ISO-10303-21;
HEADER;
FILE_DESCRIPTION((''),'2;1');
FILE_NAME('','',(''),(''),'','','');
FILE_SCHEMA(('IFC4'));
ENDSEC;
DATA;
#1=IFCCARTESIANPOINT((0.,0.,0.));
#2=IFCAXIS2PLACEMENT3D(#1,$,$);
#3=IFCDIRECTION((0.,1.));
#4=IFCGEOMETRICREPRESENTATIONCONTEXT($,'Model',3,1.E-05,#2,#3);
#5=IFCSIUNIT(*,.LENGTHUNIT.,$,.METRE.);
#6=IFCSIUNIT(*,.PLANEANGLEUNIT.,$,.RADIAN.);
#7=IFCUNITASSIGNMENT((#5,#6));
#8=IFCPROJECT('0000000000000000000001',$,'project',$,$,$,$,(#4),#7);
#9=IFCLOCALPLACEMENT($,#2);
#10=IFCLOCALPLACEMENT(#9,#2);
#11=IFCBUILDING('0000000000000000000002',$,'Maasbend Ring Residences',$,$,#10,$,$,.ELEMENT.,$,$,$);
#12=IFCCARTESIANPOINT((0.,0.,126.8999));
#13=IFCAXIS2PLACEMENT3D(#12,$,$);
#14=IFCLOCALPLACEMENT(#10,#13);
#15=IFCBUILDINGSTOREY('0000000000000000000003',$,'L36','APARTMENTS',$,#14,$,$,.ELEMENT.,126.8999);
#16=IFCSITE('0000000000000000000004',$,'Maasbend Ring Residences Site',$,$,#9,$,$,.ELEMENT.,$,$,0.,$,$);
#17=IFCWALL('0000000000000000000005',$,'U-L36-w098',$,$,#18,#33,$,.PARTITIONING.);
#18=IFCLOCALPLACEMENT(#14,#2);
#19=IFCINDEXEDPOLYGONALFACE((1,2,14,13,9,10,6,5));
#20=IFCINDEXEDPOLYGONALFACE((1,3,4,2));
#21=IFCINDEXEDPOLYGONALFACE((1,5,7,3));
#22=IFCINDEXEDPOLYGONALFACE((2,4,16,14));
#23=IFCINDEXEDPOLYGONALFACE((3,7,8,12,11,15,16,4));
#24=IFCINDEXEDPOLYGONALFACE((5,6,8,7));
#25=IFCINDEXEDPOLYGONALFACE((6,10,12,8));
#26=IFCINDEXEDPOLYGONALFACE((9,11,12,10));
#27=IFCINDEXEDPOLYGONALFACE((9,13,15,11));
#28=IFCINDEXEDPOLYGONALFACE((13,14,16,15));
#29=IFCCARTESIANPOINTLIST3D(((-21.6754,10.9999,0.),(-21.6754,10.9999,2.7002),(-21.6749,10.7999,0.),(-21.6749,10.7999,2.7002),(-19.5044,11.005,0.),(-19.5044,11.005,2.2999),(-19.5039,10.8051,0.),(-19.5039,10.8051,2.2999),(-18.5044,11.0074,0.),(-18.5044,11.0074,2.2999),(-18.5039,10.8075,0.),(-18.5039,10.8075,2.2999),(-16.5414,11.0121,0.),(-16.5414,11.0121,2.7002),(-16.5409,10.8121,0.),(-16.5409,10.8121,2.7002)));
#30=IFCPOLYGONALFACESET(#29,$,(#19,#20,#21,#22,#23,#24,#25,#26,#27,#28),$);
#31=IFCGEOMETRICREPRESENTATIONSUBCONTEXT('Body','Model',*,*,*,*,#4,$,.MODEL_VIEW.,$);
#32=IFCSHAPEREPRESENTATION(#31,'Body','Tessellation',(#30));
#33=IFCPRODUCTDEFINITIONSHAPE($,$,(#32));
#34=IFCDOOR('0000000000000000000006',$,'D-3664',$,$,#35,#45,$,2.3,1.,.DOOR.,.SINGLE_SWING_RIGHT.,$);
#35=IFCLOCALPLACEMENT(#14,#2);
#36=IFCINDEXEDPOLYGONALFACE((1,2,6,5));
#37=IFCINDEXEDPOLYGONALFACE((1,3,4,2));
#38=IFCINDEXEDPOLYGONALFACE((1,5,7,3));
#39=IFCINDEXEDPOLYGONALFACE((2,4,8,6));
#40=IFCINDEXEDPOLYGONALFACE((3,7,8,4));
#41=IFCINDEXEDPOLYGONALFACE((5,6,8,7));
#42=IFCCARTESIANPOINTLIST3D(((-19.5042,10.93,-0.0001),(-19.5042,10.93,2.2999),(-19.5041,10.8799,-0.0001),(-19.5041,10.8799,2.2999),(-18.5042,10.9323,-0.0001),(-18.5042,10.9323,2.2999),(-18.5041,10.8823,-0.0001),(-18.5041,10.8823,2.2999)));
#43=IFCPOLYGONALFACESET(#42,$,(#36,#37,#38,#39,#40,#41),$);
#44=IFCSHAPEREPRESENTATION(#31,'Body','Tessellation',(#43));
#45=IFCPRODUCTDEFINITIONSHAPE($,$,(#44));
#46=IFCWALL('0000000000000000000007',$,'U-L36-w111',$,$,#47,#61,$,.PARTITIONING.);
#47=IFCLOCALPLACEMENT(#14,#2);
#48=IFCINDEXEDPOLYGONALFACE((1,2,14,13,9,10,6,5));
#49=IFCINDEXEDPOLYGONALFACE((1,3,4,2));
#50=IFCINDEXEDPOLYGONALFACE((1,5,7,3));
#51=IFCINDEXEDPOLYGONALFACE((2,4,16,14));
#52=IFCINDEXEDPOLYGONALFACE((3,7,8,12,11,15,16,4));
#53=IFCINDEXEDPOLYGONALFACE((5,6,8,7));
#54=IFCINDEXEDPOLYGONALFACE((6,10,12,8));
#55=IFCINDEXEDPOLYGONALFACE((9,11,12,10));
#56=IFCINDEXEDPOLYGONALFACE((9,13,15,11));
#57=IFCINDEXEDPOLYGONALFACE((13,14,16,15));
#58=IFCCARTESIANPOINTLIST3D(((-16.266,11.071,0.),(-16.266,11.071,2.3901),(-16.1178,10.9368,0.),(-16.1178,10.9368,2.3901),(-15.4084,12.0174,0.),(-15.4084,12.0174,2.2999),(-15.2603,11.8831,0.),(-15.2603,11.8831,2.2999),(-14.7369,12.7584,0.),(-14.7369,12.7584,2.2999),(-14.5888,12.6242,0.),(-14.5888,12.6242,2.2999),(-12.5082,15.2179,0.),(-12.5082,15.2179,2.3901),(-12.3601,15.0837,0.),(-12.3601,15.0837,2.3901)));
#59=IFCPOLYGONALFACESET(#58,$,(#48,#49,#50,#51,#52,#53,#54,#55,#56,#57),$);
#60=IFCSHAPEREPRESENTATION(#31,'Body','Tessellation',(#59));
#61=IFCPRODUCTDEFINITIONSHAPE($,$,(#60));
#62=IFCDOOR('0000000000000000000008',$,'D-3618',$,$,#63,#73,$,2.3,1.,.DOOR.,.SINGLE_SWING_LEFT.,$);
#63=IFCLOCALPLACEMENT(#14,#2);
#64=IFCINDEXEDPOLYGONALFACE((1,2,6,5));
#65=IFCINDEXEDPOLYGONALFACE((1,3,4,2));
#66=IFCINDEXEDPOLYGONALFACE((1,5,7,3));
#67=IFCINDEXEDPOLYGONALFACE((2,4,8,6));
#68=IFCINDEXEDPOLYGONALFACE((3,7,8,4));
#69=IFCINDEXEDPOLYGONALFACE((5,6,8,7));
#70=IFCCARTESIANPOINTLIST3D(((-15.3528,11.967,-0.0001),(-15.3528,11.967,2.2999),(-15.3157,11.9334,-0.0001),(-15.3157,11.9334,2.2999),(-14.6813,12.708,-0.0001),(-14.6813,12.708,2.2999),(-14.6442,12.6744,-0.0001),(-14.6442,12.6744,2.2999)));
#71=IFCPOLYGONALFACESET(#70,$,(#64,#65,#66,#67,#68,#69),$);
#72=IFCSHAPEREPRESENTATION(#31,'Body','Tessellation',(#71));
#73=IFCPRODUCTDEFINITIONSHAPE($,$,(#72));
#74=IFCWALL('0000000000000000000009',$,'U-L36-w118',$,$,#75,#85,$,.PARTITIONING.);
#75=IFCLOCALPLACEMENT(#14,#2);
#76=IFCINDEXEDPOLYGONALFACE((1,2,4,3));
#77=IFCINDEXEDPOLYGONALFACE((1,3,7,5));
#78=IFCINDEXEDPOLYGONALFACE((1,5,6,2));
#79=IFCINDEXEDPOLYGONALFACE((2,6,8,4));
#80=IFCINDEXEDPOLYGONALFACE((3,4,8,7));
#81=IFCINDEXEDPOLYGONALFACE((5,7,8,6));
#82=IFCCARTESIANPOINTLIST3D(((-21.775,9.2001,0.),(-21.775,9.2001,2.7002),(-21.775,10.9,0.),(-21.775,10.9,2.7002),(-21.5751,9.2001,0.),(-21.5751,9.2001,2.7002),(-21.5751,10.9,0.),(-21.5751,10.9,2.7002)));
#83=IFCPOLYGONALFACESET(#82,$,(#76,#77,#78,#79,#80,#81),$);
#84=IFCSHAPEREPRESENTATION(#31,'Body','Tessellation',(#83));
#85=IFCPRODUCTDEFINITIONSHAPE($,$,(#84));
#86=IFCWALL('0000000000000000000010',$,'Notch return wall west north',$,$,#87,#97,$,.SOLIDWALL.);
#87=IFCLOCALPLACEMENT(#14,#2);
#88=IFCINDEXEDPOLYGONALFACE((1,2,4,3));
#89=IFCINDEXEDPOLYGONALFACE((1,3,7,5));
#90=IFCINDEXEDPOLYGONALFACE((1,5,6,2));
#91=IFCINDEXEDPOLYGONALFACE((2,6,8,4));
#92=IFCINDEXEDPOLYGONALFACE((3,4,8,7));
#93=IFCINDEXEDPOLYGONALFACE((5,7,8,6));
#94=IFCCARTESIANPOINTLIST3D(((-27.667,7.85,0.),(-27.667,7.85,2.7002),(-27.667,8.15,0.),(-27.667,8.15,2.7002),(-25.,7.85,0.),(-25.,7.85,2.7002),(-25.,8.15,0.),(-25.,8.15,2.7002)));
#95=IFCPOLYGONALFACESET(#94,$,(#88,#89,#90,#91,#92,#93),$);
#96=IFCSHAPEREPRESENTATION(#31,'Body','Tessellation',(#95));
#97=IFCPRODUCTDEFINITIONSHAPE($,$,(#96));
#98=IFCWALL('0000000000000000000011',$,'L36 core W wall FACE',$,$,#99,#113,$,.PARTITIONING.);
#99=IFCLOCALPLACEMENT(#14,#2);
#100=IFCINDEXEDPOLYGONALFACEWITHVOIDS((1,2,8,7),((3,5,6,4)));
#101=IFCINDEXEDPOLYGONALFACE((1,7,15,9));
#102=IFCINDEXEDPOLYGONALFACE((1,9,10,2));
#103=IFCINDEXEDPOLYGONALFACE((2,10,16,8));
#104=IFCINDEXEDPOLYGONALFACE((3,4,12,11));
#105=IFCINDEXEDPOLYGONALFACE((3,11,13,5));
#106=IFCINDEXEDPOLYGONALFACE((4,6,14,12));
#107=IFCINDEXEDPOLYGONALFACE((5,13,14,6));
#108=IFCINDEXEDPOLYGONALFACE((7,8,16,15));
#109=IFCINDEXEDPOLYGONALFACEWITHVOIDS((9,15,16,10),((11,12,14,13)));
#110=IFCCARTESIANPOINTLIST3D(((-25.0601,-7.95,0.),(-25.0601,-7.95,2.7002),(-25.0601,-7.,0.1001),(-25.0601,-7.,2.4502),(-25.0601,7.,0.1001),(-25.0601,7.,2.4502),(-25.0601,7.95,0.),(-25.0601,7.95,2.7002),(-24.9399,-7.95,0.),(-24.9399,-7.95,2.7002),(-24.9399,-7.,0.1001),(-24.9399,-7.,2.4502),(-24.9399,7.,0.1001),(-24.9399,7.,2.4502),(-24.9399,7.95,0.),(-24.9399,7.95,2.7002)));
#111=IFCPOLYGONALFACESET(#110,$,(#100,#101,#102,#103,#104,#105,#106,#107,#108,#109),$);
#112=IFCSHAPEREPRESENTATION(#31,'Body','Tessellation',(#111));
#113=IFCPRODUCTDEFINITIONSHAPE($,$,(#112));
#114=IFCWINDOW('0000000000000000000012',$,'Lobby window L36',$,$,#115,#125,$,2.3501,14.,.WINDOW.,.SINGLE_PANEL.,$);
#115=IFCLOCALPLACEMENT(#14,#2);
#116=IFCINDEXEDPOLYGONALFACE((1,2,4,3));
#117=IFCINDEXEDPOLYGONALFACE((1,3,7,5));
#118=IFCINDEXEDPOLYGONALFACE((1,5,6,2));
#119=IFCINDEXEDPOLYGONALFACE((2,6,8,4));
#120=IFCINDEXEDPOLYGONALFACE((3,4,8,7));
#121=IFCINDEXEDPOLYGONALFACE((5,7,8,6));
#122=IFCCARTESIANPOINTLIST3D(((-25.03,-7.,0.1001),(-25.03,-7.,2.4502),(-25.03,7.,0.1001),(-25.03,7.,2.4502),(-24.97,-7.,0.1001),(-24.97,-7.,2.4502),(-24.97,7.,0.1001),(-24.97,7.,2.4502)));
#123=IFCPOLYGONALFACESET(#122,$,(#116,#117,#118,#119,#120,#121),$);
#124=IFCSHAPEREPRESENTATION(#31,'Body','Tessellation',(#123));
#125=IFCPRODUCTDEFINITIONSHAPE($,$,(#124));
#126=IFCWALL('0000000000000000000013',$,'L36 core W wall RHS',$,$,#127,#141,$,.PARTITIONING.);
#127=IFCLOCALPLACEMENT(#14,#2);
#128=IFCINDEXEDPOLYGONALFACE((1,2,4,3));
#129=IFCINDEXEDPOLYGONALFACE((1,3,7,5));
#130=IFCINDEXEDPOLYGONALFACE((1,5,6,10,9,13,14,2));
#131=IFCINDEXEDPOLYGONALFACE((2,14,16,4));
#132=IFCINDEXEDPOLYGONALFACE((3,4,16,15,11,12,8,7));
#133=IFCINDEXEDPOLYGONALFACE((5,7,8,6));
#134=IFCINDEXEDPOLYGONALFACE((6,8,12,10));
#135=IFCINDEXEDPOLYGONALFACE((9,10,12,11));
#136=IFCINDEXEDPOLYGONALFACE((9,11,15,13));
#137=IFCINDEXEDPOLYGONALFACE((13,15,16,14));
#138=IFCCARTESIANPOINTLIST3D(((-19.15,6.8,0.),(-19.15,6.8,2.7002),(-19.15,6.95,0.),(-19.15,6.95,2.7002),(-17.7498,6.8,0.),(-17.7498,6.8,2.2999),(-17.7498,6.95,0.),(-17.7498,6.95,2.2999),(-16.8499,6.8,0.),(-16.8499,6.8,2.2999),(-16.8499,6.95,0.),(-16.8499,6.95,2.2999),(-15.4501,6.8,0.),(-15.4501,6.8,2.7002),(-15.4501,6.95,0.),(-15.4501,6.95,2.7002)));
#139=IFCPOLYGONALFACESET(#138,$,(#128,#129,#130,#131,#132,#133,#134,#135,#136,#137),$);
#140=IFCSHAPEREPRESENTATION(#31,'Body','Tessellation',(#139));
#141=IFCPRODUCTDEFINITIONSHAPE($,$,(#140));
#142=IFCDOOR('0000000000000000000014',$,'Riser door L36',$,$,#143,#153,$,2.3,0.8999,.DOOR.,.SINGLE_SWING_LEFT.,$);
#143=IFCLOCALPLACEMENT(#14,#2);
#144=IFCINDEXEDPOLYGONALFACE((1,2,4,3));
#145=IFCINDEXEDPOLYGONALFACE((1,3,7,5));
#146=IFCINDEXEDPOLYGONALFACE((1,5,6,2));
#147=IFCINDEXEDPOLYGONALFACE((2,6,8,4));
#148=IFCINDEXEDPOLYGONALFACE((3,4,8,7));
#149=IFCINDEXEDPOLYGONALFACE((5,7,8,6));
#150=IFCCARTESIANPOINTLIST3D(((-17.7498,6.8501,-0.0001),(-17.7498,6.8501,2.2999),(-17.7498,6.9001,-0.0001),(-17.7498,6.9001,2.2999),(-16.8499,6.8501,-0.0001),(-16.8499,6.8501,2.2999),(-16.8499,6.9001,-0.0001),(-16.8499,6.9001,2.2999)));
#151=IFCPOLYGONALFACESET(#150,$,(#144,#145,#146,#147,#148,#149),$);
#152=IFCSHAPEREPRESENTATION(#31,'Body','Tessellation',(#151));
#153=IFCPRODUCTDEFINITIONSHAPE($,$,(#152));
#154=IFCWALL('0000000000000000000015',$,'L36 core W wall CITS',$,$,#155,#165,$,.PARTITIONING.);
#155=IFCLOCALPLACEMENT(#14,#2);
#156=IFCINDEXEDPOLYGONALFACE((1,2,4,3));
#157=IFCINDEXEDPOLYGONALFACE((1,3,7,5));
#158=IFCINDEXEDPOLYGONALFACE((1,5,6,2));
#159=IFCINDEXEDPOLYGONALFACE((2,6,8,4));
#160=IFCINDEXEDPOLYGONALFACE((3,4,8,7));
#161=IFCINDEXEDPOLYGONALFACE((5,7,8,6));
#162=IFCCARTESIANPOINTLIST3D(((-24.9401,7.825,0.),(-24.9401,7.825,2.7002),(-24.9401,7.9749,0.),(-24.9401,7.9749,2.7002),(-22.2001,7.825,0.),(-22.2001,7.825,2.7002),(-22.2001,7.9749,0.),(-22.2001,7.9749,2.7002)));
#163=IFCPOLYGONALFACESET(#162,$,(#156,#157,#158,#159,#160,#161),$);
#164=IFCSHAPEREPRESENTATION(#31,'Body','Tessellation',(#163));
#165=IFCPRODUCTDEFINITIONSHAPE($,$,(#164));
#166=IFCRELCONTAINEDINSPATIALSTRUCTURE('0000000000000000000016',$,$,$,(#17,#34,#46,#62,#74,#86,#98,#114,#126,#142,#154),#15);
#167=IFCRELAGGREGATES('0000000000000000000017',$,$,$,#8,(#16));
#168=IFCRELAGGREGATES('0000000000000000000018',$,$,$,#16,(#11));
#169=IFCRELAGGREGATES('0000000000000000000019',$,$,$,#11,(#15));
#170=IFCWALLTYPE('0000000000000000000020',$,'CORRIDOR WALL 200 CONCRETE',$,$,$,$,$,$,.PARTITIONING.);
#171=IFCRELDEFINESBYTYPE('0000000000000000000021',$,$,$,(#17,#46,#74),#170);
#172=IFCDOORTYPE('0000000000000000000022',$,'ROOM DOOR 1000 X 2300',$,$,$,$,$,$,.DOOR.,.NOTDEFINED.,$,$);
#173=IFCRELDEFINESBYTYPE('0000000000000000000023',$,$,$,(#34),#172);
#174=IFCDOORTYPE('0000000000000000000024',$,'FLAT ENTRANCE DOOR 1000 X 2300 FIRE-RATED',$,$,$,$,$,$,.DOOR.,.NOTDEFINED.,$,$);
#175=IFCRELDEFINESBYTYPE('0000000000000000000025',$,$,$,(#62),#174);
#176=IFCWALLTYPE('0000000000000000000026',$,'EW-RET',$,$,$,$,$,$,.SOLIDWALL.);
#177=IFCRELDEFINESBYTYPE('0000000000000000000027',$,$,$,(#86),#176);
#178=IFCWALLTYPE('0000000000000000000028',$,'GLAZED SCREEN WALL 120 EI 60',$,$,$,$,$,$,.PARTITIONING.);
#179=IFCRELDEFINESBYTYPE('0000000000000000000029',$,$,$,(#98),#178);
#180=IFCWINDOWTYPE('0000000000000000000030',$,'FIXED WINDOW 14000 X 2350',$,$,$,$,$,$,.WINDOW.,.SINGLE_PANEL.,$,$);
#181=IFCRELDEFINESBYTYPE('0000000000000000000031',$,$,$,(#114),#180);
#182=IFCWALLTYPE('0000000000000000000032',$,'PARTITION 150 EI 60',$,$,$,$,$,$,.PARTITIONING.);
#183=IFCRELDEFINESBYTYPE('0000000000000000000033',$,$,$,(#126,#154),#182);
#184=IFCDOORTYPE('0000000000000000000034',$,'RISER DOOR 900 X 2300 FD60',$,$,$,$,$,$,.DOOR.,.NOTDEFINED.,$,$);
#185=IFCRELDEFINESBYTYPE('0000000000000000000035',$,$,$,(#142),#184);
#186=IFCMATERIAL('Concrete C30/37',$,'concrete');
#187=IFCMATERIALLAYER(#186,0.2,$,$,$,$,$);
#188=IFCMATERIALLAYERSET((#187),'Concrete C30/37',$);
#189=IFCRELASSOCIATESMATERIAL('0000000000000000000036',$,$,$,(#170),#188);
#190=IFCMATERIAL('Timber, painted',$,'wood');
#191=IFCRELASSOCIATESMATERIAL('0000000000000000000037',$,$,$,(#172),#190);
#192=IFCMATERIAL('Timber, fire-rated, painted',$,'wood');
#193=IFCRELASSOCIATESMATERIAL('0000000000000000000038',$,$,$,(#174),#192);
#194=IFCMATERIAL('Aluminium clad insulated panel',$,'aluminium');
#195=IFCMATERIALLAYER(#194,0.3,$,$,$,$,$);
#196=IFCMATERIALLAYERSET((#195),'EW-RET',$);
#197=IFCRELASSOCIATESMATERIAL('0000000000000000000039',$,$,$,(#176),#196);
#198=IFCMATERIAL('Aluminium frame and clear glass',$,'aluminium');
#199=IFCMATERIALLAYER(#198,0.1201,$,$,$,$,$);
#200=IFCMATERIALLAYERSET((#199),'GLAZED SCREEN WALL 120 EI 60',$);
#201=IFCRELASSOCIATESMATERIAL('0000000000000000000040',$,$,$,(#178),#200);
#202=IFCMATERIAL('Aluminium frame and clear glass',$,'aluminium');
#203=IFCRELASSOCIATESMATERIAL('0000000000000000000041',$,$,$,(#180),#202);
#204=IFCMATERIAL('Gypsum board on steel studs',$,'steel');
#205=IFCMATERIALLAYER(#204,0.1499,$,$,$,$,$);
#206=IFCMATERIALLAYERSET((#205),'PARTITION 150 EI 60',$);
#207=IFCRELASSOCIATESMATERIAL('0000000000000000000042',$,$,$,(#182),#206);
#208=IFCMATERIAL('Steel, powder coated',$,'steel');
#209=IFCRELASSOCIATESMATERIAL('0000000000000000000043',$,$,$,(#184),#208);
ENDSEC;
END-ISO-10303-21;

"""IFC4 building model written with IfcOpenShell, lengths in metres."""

from ifc_helpers import new_model, si_unit, direction, frame, frame_2d, origin, place, context, subcontext, project, spatial, rectangle, extrude, material, layer, layer_set, type_object, element, fill, save


model = new_model("IFC4")

# Units and contexts
model_context = context("Model", 3, precision=1e-05, world=origin(), true_north=direction((0.0, 1.0)))
body_context = subcontext(model_context, "Body", "Model", "MODEL_VIEW")
ifc_project = project(units=[si_unit("LENGTHUNIT", "METRE"), si_unit("PLANEANGLEUNIT", "RADIAN")], contexts=[model_context])

# Site, building, storey
site_placement = place(None, origin())
site = spatial("IfcSite", under=ifc_project, at=site_placement, Name="Maasbend Ring Residences Site", CompositionType="ELEMENT", RefElevation=0.0)
building_placement = place(site_placement, origin())
building = spatial("IfcBuilding", under=site, at=building_placement, Name="Maasbend Ring Residences", CompositionType="ELEMENT")
storey_placement = place(building_placement, frame((0.0, 0.0, 126.8999)))
storey = spatial("IfcBuildingStorey", under=building, at=storey_placement, Name="L36", Description="APARTMENTS", CompositionType="ELEMENT", Elevation=126.8999)

# Walls, openings, doors
ifc_material_1 = material(Name="Concrete C30/37", Category="concrete")
ifc_layer_1 = layer(ifc_material_1, 0.2)
ifc_layer_set_1 = layer_set([ifc_layer_1], Name="Concrete C30/37")
wall_type_1 = type_object("IfcWallType", Name="CORRIDOR WALL 200 CONCRETE", PredefinedType="PARTITIONING", material=ifc_layer_set_1)
wall_1_placement = place(storey_placement, frame((-21.675, 10.8999, 0.0), z_axis=(0.0, 0.0, 1.0), x_axis=(0.999997, 0.002378, 0.0)))
wall_1 = element("IfcWall", 1, at=wall_1_placement, inside=storey, type_object=wall_type_1, Name="U-L36-w098", PredefinedType="PARTITIONING", context=body_context, shape_type="SweptSolid", body=[
    extrude(rectangle(XDim=5.134, YDim=0.2, at=frame_2d((2.5669, 0.0))), origin(), (0.0, 0.0, 1.0), 2.7002),
])
opening_1_placement = place(wall_1_placement, frame((2.1709, 0.0, 0.0)))
opening_1 = element("IfcOpeningElement", 2, at=opening_1_placement, cuts=wall_1, PredefinedType="OPENING", context=body_context, shape_type="SweptSolid", body=[
    extrude(rectangle(XDim=1.0, YDim=2.3, at=frame_2d((0.5, 1.1499))), frame((0.0, 0.1099, 0.0), z_axis=(0.0, -1.0, 0.0), x_axis=(1.0, 0.0, 0.0)), (0.0, 0.0, 1.0), 0.22),
])
ifc_material_2 = material(Name="Timber, painted", Category="wood")
door_type_1 = type_object("IfcDoorType", Name="ROOM DOOR 1000 X 2300", OperationType="NOTDEFINED", PredefinedType="DOOR", material=ifc_material_2)
door_1_placement = place(opening_1_placement, origin())
door_1 = element("IfcDoor", 3, at=door_1_placement, inside=storey, type_object=door_type_1, Name="D-3664", OperationType="SINGLE_SWING_RIGHT", OverallHeight=2.3, OverallWidth=1.0, PredefinedType="DOOR", context=body_context, shape_type="SweptSolid", body=[
    extrude(rectangle(XDim=1.0, YDim=2.3, at=frame_2d((0.5, 1.1499))), frame((0.0, 0.0249, 0.0), z_axis=(0.0, -1.0, 0.0), x_axis=(1.0, 0.0, 0.0)), (0.0, 0.0, 1.0), 0.05),
])
fill(opening_1, door_1)
wall_2_placement = place(storey_placement, frame((-16.1919, 11.0039, 0.0), z_axis=(0.0, 0.0, 1.0), x_axis=(0.671482, 0.741021, 0.0)))
wall_2 = element("IfcWall", 4, at=wall_2_placement, inside=storey, type_object=wall_type_1, Name="U-L36-w111", PredefinedType="PARTITIONING", context=body_context, shape_type="SweptSolid", body=[
    extrude(rectangle(XDim=5.5962, YDim=0.2, at=frame_2d((2.7981, 0.0))), origin(), (0.0, 0.0, 1.0), 2.3901),
])
opening_2_placement = place(wall_2_placement, frame((1.2771, 0.0, 0.0)))
opening_2 = element("IfcOpeningElement", 5, at=opening_2_placement, cuts=wall_2, PredefinedType="OPENING", context=body_context, shape_type="SweptSolid", body=[
    extrude(rectangle(XDim=1.0, YDim=2.3, at=frame_2d((0.5, 1.1499))), frame((0.0, 0.1099, 0.0), z_axis=(0.0, -1.0, 0.0), x_axis=(1.0, 0.0, 0.0)), (0.0, 0.0, 1.0), 0.22),
])
ifc_material_3 = material(Name="Timber, fire-rated, painted", Category="wood")
door_type_2 = type_object("IfcDoorType", Name="FLAT ENTRANCE DOOR 1000 X 2300 FIRE-RATED", OperationType="NOTDEFINED", PredefinedType="DOOR", material=ifc_material_3)
door_2_placement = place(opening_2_placement, origin())
door_2 = element("IfcDoor", 6, at=door_2_placement, inside=storey, type_object=door_type_2, Name="D-3618", OperationType="SINGLE_SWING_LEFT", OverallHeight=2.3, OverallWidth=1.0, PredefinedType="DOOR", context=body_context, shape_type="SweptSolid", body=[
    extrude(rectangle(XDim=1.0, YDim=2.3, at=frame_2d((0.5, 1.1499))), frame((0.0, 0.0249, 0.0), z_axis=(0.0, -1.0, 0.0), x_axis=(1.0, 0.0, 0.0)), (0.0, 0.0, 1.0), 0.05),
])
fill(opening_2, door_2)

# Walls
wall_3_placement = place(storey_placement, frame((-21.675, 9.2, 0.0), z_axis=(0.0, 0.0, 1.0), x_axis=(0.0, 1.0, 0.0)))
element("IfcWall", 7, at=wall_3_placement, inside=storey, type_object=wall_type_1, Name="U-L36-w118", PredefinedType="PARTITIONING", context=body_context, shape_type="SweptSolid", body=[
    extrude(rectangle(XDim=1.7, YDim=0.2, at=frame_2d((0.8501, 0.0))), origin(), (0.0, 0.0, 1.0), 2.7002),
])
ifc_material_4 = material(Name="Aluminium clad insulated panel", Category="aluminium")
ifc_layer_2 = layer(ifc_material_4, 0.3)
ifc_layer_set_2 = layer_set([ifc_layer_2], Name="EW-RET")
wall_type_2 = type_object("IfcWallType", Name="EW-RET", PredefinedType="SOLIDWALL", material=ifc_layer_set_2)
wall_4_placement = place(storey_placement, frame((-25.0, 8.0, 0.0), z_axis=(0.0, 0.0, 1.0), x_axis=(-1.0, 0.0, 0.0)))
element("IfcWall", 8, at=wall_4_placement, inside=storey, type_object=wall_type_2, Name="Notch return wall west north", PredefinedType="SOLIDWALL", context=body_context, shape_type="SweptSolid", body=[
    extrude(rectangle(XDim=2.667, YDim=0.3, at=frame_2d((1.3335, 0.0))), origin(), (0.0, 0.0, 1.0), 2.7002),
])

# Wall, opening, window
ifc_material_5 = material(Name="Aluminium frame and clear glass", Category="aluminium")
ifc_layer_3 = layer(ifc_material_5, 0.1201)
ifc_layer_set_3 = layer_set([ifc_layer_3], Name="GLAZED SCREEN WALL 120 EI 60")
wall_type_3 = type_object("IfcWallType", Name="GLAZED SCREEN WALL 120 EI 60", PredefinedType="PARTITIONING", material=ifc_layer_set_3)
wall_5_placement = place(storey_placement, frame((-25.0, 7.95, 0.0), z_axis=(0.0, 0.0, 1.0), x_axis=(0.0, -1.0, 0.0)))
wall_5 = element("IfcWall", 9, at=wall_5_placement, inside=storey, type_object=wall_type_3, Name="L36 core W wall FACE", PredefinedType="PARTITIONING", context=body_context, shape_type="SweptSolid", body=[
    extrude(rectangle(XDim=15.8999, YDim=0.1201, at=frame_2d((7.95, 0.0))), origin(), (0.0, 0.0, 1.0), 2.7002),
])
opening_3_placement = place(wall_5_placement, frame((0.95, 0.0, 0.1001)))
opening_3 = element("IfcOpeningElement", 10, at=opening_3_placement, cuts=wall_5, PredefinedType="OPENING", context=body_context, shape_type="SweptSolid", body=[
    extrude(rectangle(XDim=14.0, YDim=2.3501, at=frame_2d((7.0, 1.175))), frame((0.0, 0.0701, 0.0), z_axis=(0.0, -1.0, 0.0), x_axis=(1.0, 0.0, 0.0)), (0.0, 0.0, 1.0), 0.1401),
])
ifc_material_6 = material(Name="Aluminium frame and clear glass", Category="aluminium")
window_type = type_object("IfcWindowType", Name="FIXED WINDOW 14000 X 2350", PartitioningType="SINGLE_PANEL", PredefinedType="WINDOW", material=ifc_material_6)
window_placement = place(opening_3_placement, origin())
window = element("IfcWindow", 11, at=window_placement, inside=storey, type_object=window_type, Name="Lobby window L36", OverallHeight=2.3501, OverallWidth=14.0, PartitioningType="SINGLE_PANEL", PredefinedType="WINDOW", context=body_context, shape_type="SweptSolid", body=[
    extrude(rectangle(XDim=14.0, YDim=2.3501, at=frame_2d((7.0, 1.175))), frame((0.0, 0.03, 0.0), z_axis=(0.0, -1.0, 0.0), x_axis=(1.0, 0.0, 0.0)), (0.0, 0.0, 1.0), 0.0601),
])
fill(opening_3, window)

# Wall, opening, door
ifc_material_7 = material(Name="Gypsum board on steel studs", Category="steel")
ifc_layer_4 = layer(ifc_material_7, 0.1499)
ifc_layer_set_4 = layer_set([ifc_layer_4], Name="PARTITION 150 EI 60")
wall_type_4 = type_object("IfcWallType", Name="PARTITION 150 EI 60", PredefinedType="PARTITIONING", material=ifc_layer_set_4)
wall_6_placement = place(storey_placement, frame((-15.45, 6.875, 0.0), z_axis=(0.0, 0.0, 1.0), x_axis=(-1.0, 0.0, 0.0)))
wall_6 = element("IfcWall", 12, at=wall_6_placement, inside=storey, type_object=wall_type_4, Name="L36 core W wall RHS", PredefinedType="PARTITIONING", context=body_context, shape_type="SweptSolid", body=[
    extrude(rectangle(XDim=3.7, YDim=0.1499, at=frame_2d((1.8501, 0.0))), origin(), (0.0, 0.0, 1.0), 2.7002),
])
opening_4_placement = place(wall_6_placement, frame((1.3999, 0.0, 0.0)))
opening_4 = element("IfcOpeningElement", 13, at=opening_4_placement, cuts=wall_6, PredefinedType="OPENING", context=body_context, shape_type="SweptSolid", body=[
    extrude(rectangle(XDim=0.8999, YDim=2.3, at=frame_2d((0.45, 1.1499))), frame((0.0, 0.085, 0.0), z_axis=(0.0, -1.0, 0.0), x_axis=(1.0, 0.0, 0.0)), (0.0, 0.0, 1.0), 0.1699),
])
ifc_material_8 = material(Name="Steel, powder coated", Category="steel")
door_type_3 = type_object("IfcDoorType", Name="RISER DOOR 900 X 2300 FD60", OperationType="NOTDEFINED", PredefinedType="DOOR", material=ifc_material_8)
door_3_placement = place(opening_4_placement, origin())
door_3 = element("IfcDoor", 14, at=door_3_placement, inside=storey, type_object=door_type_3, Name="Riser door L36", OperationType="SINGLE_SWING_LEFT", OverallHeight=2.3, OverallWidth=0.8999, PredefinedType="DOOR", context=body_context, shape_type="SweptSolid", body=[
    extrude(rectangle(XDim=0.8999, YDim=2.3, at=frame_2d((0.45, 1.1499))), frame((0.0, 0.0249, 0.0), z_axis=(0.0, -1.0, 0.0), x_axis=(1.0, 0.0, 0.0)), (0.0, 0.0, 1.0), 0.05),
])
fill(opening_4, door_3)

# Wall
wall_7_placement = place(storey_placement, frame((-22.2, 7.8999, 0.0), z_axis=(0.0, 0.0, 1.0), x_axis=(-1.0, 0.0, 0.0)))
element("IfcWall", 15, at=wall_7_placement, inside=storey, type_object=wall_type_4, Name="L36 core W wall CITS", PredefinedType="PARTITIONING", context=body_context, shape_type="SweptSolid", body=[
    extrude(rectangle(XDim=2.74, YDim=0.1499, at=frame_2d((1.3701, 0.0))), origin(), (0.0, 0.0, 1.0), 2.7002),
])

save(model, "model.ifc")
